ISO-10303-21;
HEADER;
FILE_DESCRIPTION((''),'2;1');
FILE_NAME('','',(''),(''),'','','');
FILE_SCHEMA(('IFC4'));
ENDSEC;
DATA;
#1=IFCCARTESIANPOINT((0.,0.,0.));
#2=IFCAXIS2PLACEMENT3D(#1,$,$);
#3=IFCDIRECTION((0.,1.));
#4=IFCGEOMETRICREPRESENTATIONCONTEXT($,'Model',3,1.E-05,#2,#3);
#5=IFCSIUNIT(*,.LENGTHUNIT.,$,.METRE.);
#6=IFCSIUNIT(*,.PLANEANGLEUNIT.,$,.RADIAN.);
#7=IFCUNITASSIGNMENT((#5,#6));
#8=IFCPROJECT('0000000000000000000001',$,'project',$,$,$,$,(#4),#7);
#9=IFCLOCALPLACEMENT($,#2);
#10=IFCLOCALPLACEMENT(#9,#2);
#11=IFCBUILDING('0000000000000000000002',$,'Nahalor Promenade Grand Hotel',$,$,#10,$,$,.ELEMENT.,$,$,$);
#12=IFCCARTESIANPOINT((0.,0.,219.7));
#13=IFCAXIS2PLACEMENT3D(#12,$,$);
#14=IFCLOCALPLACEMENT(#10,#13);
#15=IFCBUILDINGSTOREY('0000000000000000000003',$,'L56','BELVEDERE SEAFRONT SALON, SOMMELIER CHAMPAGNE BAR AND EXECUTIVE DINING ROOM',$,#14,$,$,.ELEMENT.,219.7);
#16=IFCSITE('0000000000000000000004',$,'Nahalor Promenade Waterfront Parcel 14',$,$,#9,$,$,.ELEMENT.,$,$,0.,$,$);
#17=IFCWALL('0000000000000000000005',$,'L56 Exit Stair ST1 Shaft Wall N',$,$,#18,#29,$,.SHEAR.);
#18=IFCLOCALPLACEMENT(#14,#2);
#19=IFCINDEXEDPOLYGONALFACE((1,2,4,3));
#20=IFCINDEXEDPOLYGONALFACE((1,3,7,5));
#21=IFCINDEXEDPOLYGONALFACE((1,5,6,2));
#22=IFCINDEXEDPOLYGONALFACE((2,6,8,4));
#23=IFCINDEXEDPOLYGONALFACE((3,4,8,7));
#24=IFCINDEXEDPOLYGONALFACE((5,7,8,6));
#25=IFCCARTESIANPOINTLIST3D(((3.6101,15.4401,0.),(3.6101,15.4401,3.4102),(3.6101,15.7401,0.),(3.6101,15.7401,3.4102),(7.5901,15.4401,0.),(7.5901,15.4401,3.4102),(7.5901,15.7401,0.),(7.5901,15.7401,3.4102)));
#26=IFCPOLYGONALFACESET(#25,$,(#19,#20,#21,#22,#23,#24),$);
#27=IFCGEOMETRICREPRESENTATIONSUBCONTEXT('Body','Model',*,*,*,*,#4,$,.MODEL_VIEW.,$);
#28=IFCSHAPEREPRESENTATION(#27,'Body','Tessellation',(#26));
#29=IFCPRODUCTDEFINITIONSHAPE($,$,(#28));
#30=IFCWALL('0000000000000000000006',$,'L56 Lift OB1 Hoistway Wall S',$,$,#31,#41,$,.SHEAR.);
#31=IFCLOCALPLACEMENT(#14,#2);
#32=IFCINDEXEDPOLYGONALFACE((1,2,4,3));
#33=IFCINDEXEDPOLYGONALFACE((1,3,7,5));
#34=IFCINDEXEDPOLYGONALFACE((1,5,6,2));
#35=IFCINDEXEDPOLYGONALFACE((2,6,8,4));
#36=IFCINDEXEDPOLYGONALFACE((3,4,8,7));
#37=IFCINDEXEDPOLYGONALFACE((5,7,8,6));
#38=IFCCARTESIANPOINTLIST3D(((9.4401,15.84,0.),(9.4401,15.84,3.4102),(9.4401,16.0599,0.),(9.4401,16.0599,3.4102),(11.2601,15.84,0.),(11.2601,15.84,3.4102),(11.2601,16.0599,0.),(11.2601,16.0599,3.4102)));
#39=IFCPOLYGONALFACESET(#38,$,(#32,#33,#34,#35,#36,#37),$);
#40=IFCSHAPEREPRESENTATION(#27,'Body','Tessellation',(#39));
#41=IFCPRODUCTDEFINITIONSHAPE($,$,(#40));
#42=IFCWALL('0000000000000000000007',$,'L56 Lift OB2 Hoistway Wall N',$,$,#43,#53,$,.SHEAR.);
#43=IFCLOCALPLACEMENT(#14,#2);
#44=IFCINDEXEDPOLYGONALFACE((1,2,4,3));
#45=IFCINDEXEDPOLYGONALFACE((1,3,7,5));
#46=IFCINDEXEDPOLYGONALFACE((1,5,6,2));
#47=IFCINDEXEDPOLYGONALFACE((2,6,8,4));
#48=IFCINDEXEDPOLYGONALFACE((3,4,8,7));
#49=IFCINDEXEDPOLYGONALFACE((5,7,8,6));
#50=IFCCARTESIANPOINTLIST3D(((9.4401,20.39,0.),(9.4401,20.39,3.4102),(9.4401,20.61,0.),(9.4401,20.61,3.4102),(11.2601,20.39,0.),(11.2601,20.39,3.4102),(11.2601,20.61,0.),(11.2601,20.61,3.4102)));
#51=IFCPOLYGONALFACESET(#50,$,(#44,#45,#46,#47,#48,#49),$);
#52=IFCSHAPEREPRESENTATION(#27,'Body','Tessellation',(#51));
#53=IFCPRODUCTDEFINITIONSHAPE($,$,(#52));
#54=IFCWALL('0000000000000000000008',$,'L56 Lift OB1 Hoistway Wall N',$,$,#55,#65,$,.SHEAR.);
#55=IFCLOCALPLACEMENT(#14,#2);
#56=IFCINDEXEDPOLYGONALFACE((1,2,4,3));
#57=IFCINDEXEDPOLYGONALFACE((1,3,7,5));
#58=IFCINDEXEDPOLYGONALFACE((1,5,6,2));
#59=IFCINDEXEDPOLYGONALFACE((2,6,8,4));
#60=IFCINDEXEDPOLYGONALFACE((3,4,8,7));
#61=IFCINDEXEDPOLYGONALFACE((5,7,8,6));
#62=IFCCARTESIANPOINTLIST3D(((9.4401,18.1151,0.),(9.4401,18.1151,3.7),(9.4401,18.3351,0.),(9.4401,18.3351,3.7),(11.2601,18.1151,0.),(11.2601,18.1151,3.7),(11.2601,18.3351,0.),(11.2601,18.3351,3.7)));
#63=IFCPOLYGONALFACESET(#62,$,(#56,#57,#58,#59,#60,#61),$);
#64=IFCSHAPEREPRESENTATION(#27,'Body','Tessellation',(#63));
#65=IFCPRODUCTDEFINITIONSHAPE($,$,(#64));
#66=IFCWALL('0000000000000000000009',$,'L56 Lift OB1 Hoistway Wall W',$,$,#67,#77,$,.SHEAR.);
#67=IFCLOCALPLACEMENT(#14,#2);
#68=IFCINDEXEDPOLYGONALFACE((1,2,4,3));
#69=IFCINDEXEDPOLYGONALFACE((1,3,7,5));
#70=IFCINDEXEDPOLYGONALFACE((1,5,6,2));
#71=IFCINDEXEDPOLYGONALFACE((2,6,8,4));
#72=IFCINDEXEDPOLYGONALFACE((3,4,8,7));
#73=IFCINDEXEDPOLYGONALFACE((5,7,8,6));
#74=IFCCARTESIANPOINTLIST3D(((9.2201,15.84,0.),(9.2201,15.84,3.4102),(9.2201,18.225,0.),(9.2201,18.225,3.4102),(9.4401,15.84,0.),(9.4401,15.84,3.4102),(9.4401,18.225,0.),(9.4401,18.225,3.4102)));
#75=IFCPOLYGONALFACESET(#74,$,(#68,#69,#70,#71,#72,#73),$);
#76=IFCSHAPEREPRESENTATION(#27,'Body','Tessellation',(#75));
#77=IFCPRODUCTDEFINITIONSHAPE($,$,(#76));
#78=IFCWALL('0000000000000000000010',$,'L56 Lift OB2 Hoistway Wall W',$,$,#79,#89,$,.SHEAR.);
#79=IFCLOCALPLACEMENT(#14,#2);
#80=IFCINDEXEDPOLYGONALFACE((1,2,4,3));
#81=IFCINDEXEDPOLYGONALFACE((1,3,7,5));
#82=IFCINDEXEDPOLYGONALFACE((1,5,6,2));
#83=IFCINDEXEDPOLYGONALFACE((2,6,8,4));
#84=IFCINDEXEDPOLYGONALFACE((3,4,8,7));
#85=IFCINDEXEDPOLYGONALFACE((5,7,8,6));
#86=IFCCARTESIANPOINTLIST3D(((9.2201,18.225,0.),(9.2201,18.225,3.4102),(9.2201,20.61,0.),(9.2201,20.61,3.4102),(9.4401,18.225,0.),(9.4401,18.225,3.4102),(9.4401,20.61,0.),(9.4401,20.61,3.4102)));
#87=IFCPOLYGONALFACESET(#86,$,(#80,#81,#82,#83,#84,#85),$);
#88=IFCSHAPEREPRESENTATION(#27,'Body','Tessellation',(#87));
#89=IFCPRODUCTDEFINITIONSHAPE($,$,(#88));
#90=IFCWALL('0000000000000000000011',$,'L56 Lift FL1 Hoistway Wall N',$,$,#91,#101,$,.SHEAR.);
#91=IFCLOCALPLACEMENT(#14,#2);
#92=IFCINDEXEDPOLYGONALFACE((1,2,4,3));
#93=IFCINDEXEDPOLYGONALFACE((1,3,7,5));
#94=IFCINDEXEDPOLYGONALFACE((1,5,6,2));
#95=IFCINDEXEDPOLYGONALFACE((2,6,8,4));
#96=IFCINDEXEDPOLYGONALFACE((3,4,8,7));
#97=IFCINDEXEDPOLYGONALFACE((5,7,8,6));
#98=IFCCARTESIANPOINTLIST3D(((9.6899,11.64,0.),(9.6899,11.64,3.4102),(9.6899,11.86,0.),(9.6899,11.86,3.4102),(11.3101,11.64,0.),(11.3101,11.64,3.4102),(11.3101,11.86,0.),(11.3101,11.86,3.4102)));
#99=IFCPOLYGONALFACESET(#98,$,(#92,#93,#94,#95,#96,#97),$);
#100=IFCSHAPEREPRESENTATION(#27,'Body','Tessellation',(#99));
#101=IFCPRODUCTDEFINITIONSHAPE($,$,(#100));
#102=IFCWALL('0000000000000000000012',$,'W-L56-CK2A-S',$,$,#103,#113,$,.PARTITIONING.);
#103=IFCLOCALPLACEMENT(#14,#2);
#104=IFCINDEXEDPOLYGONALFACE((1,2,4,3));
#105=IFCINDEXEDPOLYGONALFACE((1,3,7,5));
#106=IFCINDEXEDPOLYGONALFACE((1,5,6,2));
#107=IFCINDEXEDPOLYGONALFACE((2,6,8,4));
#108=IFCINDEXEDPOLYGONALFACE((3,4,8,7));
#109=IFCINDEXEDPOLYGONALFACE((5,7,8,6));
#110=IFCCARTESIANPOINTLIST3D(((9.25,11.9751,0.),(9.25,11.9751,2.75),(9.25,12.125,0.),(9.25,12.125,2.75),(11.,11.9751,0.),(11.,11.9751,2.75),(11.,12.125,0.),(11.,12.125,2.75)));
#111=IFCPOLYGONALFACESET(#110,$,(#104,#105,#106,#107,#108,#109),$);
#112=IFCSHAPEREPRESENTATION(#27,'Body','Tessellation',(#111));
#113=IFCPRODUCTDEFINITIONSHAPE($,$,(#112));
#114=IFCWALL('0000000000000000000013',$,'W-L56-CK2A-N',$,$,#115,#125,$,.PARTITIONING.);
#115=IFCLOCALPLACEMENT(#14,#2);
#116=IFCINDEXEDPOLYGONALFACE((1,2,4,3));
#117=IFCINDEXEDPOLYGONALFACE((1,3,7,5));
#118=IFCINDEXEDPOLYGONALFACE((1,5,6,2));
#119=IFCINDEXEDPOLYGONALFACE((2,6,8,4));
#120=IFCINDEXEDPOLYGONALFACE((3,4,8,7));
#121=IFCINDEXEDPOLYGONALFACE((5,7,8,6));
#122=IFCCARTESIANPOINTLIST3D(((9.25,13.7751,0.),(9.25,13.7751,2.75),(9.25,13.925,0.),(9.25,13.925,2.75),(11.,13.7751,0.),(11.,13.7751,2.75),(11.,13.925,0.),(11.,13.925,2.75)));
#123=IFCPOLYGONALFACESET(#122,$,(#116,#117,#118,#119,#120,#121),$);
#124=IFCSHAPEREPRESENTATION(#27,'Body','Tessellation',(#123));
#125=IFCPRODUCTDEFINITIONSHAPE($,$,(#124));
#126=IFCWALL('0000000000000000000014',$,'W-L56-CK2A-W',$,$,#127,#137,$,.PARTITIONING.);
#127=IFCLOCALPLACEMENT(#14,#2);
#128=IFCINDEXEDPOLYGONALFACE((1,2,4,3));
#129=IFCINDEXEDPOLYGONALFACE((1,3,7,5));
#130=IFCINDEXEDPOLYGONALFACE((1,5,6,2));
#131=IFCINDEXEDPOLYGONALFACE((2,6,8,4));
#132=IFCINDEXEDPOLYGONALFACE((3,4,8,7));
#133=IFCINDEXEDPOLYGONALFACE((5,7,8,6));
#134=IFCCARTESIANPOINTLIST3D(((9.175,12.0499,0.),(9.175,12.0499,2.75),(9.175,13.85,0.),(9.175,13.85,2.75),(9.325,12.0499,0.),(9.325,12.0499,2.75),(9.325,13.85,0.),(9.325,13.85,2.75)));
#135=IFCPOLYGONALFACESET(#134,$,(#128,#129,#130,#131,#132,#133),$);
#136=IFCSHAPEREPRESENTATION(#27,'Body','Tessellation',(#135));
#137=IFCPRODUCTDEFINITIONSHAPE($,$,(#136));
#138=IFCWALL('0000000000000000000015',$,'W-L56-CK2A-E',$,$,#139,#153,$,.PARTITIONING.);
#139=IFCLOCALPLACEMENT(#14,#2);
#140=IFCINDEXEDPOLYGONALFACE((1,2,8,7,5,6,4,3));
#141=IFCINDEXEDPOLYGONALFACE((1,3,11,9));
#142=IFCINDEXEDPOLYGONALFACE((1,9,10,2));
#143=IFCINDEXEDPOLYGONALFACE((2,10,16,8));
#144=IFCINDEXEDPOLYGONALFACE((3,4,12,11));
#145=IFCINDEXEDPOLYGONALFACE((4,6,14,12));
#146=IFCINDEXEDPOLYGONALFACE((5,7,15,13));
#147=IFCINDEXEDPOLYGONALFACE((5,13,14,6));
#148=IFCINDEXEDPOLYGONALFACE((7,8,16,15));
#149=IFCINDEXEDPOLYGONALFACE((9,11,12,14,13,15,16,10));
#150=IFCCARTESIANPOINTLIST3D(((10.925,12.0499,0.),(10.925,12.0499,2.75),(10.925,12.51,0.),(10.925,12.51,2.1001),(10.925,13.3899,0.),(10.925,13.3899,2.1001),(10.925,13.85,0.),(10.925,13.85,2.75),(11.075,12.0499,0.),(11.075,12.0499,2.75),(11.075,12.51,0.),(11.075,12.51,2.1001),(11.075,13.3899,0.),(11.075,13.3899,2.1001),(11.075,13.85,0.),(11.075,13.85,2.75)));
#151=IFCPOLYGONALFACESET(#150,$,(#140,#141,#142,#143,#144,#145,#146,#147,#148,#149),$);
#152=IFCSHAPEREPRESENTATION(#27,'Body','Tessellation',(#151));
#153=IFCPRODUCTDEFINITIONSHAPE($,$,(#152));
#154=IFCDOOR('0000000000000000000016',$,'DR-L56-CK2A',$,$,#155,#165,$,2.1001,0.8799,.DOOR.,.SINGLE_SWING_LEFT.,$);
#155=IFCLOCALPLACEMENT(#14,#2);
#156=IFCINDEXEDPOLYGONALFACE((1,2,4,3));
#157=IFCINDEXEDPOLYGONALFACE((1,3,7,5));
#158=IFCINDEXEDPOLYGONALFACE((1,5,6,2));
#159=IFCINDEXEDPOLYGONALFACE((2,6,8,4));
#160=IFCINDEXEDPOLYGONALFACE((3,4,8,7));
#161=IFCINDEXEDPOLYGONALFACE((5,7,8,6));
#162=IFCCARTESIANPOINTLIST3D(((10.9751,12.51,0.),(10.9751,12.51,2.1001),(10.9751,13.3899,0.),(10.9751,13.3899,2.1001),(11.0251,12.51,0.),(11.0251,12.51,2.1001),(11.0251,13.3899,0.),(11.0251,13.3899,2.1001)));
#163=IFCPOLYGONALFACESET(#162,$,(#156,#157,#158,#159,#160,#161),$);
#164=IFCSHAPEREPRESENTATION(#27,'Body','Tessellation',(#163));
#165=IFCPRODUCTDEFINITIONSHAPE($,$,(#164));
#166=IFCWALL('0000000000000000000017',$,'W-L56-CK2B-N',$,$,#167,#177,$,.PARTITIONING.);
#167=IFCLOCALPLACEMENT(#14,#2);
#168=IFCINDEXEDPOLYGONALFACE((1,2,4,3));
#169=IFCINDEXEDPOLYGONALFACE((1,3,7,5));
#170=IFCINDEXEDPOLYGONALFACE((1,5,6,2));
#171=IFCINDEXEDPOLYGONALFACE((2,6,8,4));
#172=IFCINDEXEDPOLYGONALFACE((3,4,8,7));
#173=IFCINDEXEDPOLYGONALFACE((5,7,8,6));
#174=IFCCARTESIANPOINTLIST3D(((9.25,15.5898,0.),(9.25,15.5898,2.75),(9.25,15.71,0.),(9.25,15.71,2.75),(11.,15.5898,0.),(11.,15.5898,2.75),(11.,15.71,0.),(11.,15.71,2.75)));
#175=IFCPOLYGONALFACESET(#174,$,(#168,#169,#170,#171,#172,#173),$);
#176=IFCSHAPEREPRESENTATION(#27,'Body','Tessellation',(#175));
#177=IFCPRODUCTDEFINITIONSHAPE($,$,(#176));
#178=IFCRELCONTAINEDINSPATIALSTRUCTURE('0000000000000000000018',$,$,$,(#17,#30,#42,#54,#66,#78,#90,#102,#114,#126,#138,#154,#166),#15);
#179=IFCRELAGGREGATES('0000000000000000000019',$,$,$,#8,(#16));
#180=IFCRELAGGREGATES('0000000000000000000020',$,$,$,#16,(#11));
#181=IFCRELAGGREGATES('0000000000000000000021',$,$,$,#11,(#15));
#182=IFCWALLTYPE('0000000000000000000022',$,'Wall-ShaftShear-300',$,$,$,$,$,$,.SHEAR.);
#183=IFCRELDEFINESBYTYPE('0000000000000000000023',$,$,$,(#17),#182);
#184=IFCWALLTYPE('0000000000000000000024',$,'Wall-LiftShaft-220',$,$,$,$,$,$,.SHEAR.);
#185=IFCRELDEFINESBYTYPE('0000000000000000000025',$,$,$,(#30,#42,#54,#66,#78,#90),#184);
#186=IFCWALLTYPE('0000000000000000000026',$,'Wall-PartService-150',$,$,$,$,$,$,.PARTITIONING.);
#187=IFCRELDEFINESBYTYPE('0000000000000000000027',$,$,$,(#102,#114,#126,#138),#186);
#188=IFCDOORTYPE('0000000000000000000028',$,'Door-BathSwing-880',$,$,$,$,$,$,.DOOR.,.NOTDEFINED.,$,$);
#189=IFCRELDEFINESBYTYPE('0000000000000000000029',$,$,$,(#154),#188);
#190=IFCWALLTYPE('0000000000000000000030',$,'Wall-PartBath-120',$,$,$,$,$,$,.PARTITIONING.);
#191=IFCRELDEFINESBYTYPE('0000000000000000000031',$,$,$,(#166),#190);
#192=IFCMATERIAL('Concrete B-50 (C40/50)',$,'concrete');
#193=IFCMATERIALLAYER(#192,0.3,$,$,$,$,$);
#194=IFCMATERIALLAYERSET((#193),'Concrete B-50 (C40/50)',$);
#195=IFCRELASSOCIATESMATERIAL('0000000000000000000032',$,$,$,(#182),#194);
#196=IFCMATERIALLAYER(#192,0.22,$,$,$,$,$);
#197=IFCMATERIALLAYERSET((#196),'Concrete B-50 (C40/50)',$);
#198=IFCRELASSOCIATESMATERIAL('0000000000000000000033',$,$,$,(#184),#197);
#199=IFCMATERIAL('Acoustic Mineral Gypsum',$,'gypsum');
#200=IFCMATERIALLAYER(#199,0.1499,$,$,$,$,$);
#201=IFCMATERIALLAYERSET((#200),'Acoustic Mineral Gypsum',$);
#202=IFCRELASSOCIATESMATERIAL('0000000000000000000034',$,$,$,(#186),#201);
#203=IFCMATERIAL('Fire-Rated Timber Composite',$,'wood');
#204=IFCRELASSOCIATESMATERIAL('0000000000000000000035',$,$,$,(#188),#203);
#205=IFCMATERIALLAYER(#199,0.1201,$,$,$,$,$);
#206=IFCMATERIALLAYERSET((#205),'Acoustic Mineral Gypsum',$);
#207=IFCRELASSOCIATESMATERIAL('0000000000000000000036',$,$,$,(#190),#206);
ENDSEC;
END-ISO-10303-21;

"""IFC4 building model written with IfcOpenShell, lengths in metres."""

from ifc_helpers import new_model, si_unit, direction, frame, frame_2d, origin, place, context, subcontext, project, spatial, rectangle, extrude, source, transform, mapped, material, layer, layer_set, type_object, element, fill, save


model = new_model("IFC4")

# Units and contexts
model_context = context("Model", 3, precision=1e-05, world=origin(), true_north=direction((0.0, 1.0)))
body_context = subcontext(model_context, "Body", "Model", "MODEL_VIEW")
ifc_project = project(units=[si_unit("LENGTHUNIT", "METRE"), si_unit("PLANEANGLEUNIT", "RADIAN")], contexts=[model_context])

# Site, building, storey
site_placement = place(None, origin())
site = spatial("IfcSite", under=ifc_project, at=site_placement, Name="Nahalor Promenade Waterfront Parcel 14", CompositionType="ELEMENT", RefElevation=0.0)
building_placement = place(site_placement, origin())
building = spatial("IfcBuilding", under=site, at=building_placement, Name="Nahalor Promenade Grand Hotel", CompositionType="ELEMENT")
storey_placement = place(building_placement, frame((0.0, 0.0, 219.7)))
storey = spatial("IfcBuildingStorey", under=building, at=storey_placement, Name="L56", Description="BELVEDERE SEAFRONT SALON, SOMMELIER CHAMPAGNE BAR AND EXECUTIVE DINING ROOM", CompositionType="ELEMENT", Elevation=219.7)

# Walls
ifc_material_1 = material(Name="Concrete B-50 (C40/50)", Category="concrete")
ifc_layer_1 = layer(ifc_material_1, 0.3)
ifc_layer_set_1 = layer_set([ifc_layer_1], Name="Concrete B-50 (C40/50)")
wall_type_1 = type_object("IfcWallType", Name="Wall-ShaftShear-300", PredefinedType="SHEAR", material=ifc_layer_set_1)
shared_shape_1 = source(origin(), body_context, "Body", "SweptSolid", [
    extrude(rectangle(XDim=3.98, YDim=0.3, at=frame_2d((1.99, 0.0))), origin(), (0.0, 0.0, 1.0), 3.4102),
])
wall_1_placement = place(storey_placement, frame((3.6101, 15.5901, 0.0), z_axis=(0.0, 0.0, 1.0), x_axis=(1.0, 0.0, 0.0)))
element("IfcWall", 1, at=wall_1_placement, inside=storey, type_object=wall_type_1, Name="L56 Exit Stair ST1 Shaft Wall N", PredefinedType="SHEAR", context=body_context, shape_type="MappedRepresentation", body=[
    mapped(shared_shape_1, transform((0.0, 0.0, 0.0), scale=1.0)),
])
ifc_layer_2 = layer(ifc_material_1, 0.22)
ifc_layer_set_2 = layer_set([ifc_layer_2], Name="Concrete B-50 (C40/50)")
wall_type_2 = type_object("IfcWallType", Name="Wall-LiftShaft-220", PredefinedType="SHEAR", material=ifc_layer_set_2)
shared_shape_2 = source(origin(), body_context, "Body", "SweptSolid", [
    extrude(rectangle(XDim=1.8201, YDim=0.22, at=frame_2d((0.9102, 0.0))), origin(), (0.0, 0.0, 1.0), 3.4102),
])
for number, where, z_axis, x_axis, name in (
    (2, (9.4399, 15.95, 0.0), (0.0, 0.0, 1.0), (1.0, 0.0, 0.0), "L56 Lift OB1 Hoistway Wall S"),
    (3, (9.4399, 20.5, 0.0), (0.0, 0.0, 1.0), (1.0, 0.0, 0.0), "L56 Lift OB2 Hoistway Wall N"),
):
    element("IfcWall", number, at=place(storey_placement, frame(where, z_axis=z_axis, x_axis=x_axis)), inside=storey, type_object=wall_type_2, Name=name, PredefinedType="SHEAR", context=body_context, shape_type="MappedRepresentation", body=[
        mapped(shared_shape_2, transform((0.0, 0.0, 0.0), scale=1.0)),
    ])
shared_shape_3 = source(origin(), body_context, "Body", "SweptSolid", [
    extrude(rectangle(XDim=1.8201, YDim=0.22, at=frame_2d((0.9102, 0.0))), origin(), (0.0, 0.0, 1.0), 3.7),
])
wall_2_placement = place(storey_placement, frame((9.4399, 18.2251, 0.0), z_axis=(0.0, 0.0, 1.0), x_axis=(1.0, 0.0, 0.0)))
element("IfcWall", 4, at=wall_2_placement, inside=storey, type_object=wall_type_2, Name="L56 Lift OB1 Hoistway Wall N", PredefinedType="SHEAR", context=body_context, shape_type="MappedRepresentation", body=[
    mapped(shared_shape_3, transform((0.0, 0.0, 0.0), scale=1.0)),
])
shared_shape_4 = source(origin(), body_context, "Body", "SweptSolid", [
    extrude(rectangle(XDim=2.385, YDim=0.22, at=frame_2d((1.1924, 0.0))), origin(), (0.0, 0.0, 1.0), 3.4102),
])
for number, where, z_axis, x_axis, name in (
    (5, (9.3301, 15.8401, 0.0), (0.0, 0.0, 1.0), (0.0, 1.0, 0.0), "L56 Lift OB1 Hoistway Wall W"),
    (6, (9.3301, 18.2251, 0.0), (0.0, 0.0, 1.0), (0.0, 1.0, 0.0), "L56 Lift OB2 Hoistway Wall W"),
):
    element("IfcWall", number, at=place(storey_placement, frame(where, z_axis=z_axis, x_axis=x_axis)), inside=storey, type_object=wall_type_2, Name=name, PredefinedType="SHEAR", context=body_context, shape_type="MappedRepresentation", body=[
        mapped(shared_shape_4, transform((0.0, 0.0, 0.0), scale=1.0)),
    ])
shared_shape_5 = source(origin(), body_context, "Body", "SweptSolid", [
    extrude(rectangle(XDim=1.6201, YDim=0.22, at=frame_2d((0.8101, 0.0))), origin(), (0.0, 0.0, 1.0), 3.4102),
])
wall_3_placement = place(storey_placement, frame((9.6899, 11.75, 0.0), z_axis=(0.0, 0.0, 1.0), x_axis=(1.0, 0.0, 0.0)))
element("IfcWall", 7, at=wall_3_placement, inside=storey, type_object=wall_type_2, Name="L56 Lift FL1 Hoistway Wall N", PredefinedType="SHEAR", context=body_context, shape_type="MappedRepresentation", body=[
    mapped(shared_shape_5, transform((0.0, 0.0, 0.0), scale=1.0)),
])
ifc_material_2 = material(Name="Acoustic Mineral Gypsum", Category="gypsum")
ifc_layer_3 = layer(ifc_material_2, 0.1499)
ifc_layer_set_3 = layer_set([ifc_layer_3], Name="Acoustic Mineral Gypsum")
wall_type_3 = type_object("IfcWallType", Name="Wall-PartService-150", PredefinedType="PARTITIONING", material=ifc_layer_set_3)
shared_shape_6 = source(origin(), body_context, "Body", "SweptSolid", [
    extrude(rectangle(XDim=1.75, YDim=0.1499, at=frame_2d((0.875, 0.0))), origin(), (0.0, 0.0, 1.0), 2.75),
])
for number, where, z_axis, x_axis, name in (
    (8, (9.25, 12.05, 0.0), (0.0, 0.0, 1.0), (1.0, 0.0, 0.0), "W-L56-CK2A-S"),
    (9, (9.25, 13.8501, 0.0), (0.0, 0.0, 1.0), (1.0, 0.0, 0.0), "W-L56-CK2A-N"),
):
    element("IfcWall", number, at=place(storey_placement, frame(where, z_axis=z_axis, x_axis=x_axis)), inside=storey, type_object=wall_type_3, Name=name, PredefinedType="PARTITIONING", context=body_context, shape_type="MappedRepresentation", body=[
        mapped(shared_shape_6, transform((0.0, 0.0, 0.0), scale=1.0)),
    ])
shared_shape_7 = source(origin(), body_context, "Body", "SweptSolid", [
    extrude(rectangle(XDim=1.8, YDim=0.1499, at=frame_2d((0.8999, 0.0))), origin(), (0.0, 0.0, 1.0), 2.75),
])
wall_4_placement = place(storey_placement, frame((9.25, 12.05, 0.0), z_axis=(0.0, 0.0, 1.0), x_axis=(0.0, 1.0, 0.0)))
element("IfcWall", 10, at=wall_4_placement, inside=storey, type_object=wall_type_3, Name="W-L56-CK2A-W", PredefinedType="PARTITIONING", context=body_context, shape_type="MappedRepresentation", body=[
    mapped(shared_shape_7, transform((0.0, 0.0, 0.0), scale=1.0)),
])

# Wall, opening, door
wall_5_placement = place(storey_placement, frame((11.0, 12.05, 0.0), z_axis=(0.0, 0.0, 1.0), x_axis=(0.0, 1.0, 0.0)))
wall_5 = element("IfcWall", 11, at=wall_5_placement, inside=storey, type_object=wall_type_3, Name="W-L56-CK2A-E", PredefinedType="PARTITIONING", context=body_context, shape_type="MappedRepresentation", body=[
    mapped(shared_shape_7, transform((0.0, 0.0, 0.0), scale=1.0)),
])
opening_1_placement = place(wall_5_placement, frame((0.46, 0.0, 0.0)))
opening_1 = element("IfcOpeningElement", 12, at=opening_1_placement, cuts=wall_5, PredefinedType="OPENING", context=body_context, shape_type="SweptSolid", body=[
    extrude(rectangle(XDim=0.8799, YDim=2.1001, at=frame_2d((0.4399, 1.05))), frame((0.0, 0.085, 0.0), z_axis=(0.0, -1.0, 0.0), x_axis=(1.0, 0.0, 0.0)), (0.0, 0.0, 1.0), 0.1699),
])
ifc_material_3 = material(Name="Fire-Rated Timber Composite", Category="wood")
door_type = type_object("IfcDoorType", Name="Door-BathSwing-880", OperationType="NOTDEFINED", PredefinedType="DOOR", material=ifc_material_3)
shared_shape_8 = source(origin(), body_context, "Body", "SweptSolid", [
    extrude(rectangle(XDim=0.8799, YDim=2.1001, at=frame_2d((0.4399, 1.05))), frame((0.0, 0.0249, 0.0), z_axis=(0.0, -1.0, 0.0), x_axis=(1.0, 0.0, 0.0)), (0.0, 0.0, 1.0), 0.05),
])
door_1_placement = place(opening_1_placement, origin())
door_1 = element("IfcDoor", 13, at=door_1_placement, inside=storey, type_object=door_type, Name="DR-L56-CK2A", OperationType="SINGLE_SWING_LEFT", OverallHeight=2.1001, OverallWidth=0.8799, PredefinedType="DOOR", context=body_context, shape_type="MappedRepresentation", body=[
    mapped(shared_shape_8, transform((0.0, 0.0, 0.0), scale=1.0)),
])
fill(opening_1, door_1)

# Wall
ifc_layer_4 = layer(ifc_material_2, 0.1201)
ifc_layer_set_4 = layer_set([ifc_layer_4], Name="Acoustic Mineral Gypsum")
wall_type_4 = type_object("IfcWallType", Name="Wall-PartBath-120", PredefinedType="PARTITIONING", material=ifc_layer_set_4)
shared_shape_9 = source(origin(), body_context, "Body", "SweptSolid", [
    extrude(rectangle(XDim=1.75, YDim=0.1201, at=frame_2d((0.875, 0.0))), origin(), (0.0, 0.0, 1.0), 2.75),
])
wall_6_placement = place(storey_placement, frame((9.25, 15.6499, 0.0), z_axis=(0.0, 0.0, 1.0), x_axis=(1.0, 0.0, 0.0)))
element("IfcWall", 14, at=wall_6_placement, inside=storey, type_object=wall_type_4, Name="W-L56-CK2B-N", PredefinedType="PARTITIONING", context=body_context, shape_type="MappedRepresentation", body=[
    mapped(shared_shape_9, transform((0.0, 0.0, 0.0), scale=1.0)),
])

save(model, "model.ifc")
